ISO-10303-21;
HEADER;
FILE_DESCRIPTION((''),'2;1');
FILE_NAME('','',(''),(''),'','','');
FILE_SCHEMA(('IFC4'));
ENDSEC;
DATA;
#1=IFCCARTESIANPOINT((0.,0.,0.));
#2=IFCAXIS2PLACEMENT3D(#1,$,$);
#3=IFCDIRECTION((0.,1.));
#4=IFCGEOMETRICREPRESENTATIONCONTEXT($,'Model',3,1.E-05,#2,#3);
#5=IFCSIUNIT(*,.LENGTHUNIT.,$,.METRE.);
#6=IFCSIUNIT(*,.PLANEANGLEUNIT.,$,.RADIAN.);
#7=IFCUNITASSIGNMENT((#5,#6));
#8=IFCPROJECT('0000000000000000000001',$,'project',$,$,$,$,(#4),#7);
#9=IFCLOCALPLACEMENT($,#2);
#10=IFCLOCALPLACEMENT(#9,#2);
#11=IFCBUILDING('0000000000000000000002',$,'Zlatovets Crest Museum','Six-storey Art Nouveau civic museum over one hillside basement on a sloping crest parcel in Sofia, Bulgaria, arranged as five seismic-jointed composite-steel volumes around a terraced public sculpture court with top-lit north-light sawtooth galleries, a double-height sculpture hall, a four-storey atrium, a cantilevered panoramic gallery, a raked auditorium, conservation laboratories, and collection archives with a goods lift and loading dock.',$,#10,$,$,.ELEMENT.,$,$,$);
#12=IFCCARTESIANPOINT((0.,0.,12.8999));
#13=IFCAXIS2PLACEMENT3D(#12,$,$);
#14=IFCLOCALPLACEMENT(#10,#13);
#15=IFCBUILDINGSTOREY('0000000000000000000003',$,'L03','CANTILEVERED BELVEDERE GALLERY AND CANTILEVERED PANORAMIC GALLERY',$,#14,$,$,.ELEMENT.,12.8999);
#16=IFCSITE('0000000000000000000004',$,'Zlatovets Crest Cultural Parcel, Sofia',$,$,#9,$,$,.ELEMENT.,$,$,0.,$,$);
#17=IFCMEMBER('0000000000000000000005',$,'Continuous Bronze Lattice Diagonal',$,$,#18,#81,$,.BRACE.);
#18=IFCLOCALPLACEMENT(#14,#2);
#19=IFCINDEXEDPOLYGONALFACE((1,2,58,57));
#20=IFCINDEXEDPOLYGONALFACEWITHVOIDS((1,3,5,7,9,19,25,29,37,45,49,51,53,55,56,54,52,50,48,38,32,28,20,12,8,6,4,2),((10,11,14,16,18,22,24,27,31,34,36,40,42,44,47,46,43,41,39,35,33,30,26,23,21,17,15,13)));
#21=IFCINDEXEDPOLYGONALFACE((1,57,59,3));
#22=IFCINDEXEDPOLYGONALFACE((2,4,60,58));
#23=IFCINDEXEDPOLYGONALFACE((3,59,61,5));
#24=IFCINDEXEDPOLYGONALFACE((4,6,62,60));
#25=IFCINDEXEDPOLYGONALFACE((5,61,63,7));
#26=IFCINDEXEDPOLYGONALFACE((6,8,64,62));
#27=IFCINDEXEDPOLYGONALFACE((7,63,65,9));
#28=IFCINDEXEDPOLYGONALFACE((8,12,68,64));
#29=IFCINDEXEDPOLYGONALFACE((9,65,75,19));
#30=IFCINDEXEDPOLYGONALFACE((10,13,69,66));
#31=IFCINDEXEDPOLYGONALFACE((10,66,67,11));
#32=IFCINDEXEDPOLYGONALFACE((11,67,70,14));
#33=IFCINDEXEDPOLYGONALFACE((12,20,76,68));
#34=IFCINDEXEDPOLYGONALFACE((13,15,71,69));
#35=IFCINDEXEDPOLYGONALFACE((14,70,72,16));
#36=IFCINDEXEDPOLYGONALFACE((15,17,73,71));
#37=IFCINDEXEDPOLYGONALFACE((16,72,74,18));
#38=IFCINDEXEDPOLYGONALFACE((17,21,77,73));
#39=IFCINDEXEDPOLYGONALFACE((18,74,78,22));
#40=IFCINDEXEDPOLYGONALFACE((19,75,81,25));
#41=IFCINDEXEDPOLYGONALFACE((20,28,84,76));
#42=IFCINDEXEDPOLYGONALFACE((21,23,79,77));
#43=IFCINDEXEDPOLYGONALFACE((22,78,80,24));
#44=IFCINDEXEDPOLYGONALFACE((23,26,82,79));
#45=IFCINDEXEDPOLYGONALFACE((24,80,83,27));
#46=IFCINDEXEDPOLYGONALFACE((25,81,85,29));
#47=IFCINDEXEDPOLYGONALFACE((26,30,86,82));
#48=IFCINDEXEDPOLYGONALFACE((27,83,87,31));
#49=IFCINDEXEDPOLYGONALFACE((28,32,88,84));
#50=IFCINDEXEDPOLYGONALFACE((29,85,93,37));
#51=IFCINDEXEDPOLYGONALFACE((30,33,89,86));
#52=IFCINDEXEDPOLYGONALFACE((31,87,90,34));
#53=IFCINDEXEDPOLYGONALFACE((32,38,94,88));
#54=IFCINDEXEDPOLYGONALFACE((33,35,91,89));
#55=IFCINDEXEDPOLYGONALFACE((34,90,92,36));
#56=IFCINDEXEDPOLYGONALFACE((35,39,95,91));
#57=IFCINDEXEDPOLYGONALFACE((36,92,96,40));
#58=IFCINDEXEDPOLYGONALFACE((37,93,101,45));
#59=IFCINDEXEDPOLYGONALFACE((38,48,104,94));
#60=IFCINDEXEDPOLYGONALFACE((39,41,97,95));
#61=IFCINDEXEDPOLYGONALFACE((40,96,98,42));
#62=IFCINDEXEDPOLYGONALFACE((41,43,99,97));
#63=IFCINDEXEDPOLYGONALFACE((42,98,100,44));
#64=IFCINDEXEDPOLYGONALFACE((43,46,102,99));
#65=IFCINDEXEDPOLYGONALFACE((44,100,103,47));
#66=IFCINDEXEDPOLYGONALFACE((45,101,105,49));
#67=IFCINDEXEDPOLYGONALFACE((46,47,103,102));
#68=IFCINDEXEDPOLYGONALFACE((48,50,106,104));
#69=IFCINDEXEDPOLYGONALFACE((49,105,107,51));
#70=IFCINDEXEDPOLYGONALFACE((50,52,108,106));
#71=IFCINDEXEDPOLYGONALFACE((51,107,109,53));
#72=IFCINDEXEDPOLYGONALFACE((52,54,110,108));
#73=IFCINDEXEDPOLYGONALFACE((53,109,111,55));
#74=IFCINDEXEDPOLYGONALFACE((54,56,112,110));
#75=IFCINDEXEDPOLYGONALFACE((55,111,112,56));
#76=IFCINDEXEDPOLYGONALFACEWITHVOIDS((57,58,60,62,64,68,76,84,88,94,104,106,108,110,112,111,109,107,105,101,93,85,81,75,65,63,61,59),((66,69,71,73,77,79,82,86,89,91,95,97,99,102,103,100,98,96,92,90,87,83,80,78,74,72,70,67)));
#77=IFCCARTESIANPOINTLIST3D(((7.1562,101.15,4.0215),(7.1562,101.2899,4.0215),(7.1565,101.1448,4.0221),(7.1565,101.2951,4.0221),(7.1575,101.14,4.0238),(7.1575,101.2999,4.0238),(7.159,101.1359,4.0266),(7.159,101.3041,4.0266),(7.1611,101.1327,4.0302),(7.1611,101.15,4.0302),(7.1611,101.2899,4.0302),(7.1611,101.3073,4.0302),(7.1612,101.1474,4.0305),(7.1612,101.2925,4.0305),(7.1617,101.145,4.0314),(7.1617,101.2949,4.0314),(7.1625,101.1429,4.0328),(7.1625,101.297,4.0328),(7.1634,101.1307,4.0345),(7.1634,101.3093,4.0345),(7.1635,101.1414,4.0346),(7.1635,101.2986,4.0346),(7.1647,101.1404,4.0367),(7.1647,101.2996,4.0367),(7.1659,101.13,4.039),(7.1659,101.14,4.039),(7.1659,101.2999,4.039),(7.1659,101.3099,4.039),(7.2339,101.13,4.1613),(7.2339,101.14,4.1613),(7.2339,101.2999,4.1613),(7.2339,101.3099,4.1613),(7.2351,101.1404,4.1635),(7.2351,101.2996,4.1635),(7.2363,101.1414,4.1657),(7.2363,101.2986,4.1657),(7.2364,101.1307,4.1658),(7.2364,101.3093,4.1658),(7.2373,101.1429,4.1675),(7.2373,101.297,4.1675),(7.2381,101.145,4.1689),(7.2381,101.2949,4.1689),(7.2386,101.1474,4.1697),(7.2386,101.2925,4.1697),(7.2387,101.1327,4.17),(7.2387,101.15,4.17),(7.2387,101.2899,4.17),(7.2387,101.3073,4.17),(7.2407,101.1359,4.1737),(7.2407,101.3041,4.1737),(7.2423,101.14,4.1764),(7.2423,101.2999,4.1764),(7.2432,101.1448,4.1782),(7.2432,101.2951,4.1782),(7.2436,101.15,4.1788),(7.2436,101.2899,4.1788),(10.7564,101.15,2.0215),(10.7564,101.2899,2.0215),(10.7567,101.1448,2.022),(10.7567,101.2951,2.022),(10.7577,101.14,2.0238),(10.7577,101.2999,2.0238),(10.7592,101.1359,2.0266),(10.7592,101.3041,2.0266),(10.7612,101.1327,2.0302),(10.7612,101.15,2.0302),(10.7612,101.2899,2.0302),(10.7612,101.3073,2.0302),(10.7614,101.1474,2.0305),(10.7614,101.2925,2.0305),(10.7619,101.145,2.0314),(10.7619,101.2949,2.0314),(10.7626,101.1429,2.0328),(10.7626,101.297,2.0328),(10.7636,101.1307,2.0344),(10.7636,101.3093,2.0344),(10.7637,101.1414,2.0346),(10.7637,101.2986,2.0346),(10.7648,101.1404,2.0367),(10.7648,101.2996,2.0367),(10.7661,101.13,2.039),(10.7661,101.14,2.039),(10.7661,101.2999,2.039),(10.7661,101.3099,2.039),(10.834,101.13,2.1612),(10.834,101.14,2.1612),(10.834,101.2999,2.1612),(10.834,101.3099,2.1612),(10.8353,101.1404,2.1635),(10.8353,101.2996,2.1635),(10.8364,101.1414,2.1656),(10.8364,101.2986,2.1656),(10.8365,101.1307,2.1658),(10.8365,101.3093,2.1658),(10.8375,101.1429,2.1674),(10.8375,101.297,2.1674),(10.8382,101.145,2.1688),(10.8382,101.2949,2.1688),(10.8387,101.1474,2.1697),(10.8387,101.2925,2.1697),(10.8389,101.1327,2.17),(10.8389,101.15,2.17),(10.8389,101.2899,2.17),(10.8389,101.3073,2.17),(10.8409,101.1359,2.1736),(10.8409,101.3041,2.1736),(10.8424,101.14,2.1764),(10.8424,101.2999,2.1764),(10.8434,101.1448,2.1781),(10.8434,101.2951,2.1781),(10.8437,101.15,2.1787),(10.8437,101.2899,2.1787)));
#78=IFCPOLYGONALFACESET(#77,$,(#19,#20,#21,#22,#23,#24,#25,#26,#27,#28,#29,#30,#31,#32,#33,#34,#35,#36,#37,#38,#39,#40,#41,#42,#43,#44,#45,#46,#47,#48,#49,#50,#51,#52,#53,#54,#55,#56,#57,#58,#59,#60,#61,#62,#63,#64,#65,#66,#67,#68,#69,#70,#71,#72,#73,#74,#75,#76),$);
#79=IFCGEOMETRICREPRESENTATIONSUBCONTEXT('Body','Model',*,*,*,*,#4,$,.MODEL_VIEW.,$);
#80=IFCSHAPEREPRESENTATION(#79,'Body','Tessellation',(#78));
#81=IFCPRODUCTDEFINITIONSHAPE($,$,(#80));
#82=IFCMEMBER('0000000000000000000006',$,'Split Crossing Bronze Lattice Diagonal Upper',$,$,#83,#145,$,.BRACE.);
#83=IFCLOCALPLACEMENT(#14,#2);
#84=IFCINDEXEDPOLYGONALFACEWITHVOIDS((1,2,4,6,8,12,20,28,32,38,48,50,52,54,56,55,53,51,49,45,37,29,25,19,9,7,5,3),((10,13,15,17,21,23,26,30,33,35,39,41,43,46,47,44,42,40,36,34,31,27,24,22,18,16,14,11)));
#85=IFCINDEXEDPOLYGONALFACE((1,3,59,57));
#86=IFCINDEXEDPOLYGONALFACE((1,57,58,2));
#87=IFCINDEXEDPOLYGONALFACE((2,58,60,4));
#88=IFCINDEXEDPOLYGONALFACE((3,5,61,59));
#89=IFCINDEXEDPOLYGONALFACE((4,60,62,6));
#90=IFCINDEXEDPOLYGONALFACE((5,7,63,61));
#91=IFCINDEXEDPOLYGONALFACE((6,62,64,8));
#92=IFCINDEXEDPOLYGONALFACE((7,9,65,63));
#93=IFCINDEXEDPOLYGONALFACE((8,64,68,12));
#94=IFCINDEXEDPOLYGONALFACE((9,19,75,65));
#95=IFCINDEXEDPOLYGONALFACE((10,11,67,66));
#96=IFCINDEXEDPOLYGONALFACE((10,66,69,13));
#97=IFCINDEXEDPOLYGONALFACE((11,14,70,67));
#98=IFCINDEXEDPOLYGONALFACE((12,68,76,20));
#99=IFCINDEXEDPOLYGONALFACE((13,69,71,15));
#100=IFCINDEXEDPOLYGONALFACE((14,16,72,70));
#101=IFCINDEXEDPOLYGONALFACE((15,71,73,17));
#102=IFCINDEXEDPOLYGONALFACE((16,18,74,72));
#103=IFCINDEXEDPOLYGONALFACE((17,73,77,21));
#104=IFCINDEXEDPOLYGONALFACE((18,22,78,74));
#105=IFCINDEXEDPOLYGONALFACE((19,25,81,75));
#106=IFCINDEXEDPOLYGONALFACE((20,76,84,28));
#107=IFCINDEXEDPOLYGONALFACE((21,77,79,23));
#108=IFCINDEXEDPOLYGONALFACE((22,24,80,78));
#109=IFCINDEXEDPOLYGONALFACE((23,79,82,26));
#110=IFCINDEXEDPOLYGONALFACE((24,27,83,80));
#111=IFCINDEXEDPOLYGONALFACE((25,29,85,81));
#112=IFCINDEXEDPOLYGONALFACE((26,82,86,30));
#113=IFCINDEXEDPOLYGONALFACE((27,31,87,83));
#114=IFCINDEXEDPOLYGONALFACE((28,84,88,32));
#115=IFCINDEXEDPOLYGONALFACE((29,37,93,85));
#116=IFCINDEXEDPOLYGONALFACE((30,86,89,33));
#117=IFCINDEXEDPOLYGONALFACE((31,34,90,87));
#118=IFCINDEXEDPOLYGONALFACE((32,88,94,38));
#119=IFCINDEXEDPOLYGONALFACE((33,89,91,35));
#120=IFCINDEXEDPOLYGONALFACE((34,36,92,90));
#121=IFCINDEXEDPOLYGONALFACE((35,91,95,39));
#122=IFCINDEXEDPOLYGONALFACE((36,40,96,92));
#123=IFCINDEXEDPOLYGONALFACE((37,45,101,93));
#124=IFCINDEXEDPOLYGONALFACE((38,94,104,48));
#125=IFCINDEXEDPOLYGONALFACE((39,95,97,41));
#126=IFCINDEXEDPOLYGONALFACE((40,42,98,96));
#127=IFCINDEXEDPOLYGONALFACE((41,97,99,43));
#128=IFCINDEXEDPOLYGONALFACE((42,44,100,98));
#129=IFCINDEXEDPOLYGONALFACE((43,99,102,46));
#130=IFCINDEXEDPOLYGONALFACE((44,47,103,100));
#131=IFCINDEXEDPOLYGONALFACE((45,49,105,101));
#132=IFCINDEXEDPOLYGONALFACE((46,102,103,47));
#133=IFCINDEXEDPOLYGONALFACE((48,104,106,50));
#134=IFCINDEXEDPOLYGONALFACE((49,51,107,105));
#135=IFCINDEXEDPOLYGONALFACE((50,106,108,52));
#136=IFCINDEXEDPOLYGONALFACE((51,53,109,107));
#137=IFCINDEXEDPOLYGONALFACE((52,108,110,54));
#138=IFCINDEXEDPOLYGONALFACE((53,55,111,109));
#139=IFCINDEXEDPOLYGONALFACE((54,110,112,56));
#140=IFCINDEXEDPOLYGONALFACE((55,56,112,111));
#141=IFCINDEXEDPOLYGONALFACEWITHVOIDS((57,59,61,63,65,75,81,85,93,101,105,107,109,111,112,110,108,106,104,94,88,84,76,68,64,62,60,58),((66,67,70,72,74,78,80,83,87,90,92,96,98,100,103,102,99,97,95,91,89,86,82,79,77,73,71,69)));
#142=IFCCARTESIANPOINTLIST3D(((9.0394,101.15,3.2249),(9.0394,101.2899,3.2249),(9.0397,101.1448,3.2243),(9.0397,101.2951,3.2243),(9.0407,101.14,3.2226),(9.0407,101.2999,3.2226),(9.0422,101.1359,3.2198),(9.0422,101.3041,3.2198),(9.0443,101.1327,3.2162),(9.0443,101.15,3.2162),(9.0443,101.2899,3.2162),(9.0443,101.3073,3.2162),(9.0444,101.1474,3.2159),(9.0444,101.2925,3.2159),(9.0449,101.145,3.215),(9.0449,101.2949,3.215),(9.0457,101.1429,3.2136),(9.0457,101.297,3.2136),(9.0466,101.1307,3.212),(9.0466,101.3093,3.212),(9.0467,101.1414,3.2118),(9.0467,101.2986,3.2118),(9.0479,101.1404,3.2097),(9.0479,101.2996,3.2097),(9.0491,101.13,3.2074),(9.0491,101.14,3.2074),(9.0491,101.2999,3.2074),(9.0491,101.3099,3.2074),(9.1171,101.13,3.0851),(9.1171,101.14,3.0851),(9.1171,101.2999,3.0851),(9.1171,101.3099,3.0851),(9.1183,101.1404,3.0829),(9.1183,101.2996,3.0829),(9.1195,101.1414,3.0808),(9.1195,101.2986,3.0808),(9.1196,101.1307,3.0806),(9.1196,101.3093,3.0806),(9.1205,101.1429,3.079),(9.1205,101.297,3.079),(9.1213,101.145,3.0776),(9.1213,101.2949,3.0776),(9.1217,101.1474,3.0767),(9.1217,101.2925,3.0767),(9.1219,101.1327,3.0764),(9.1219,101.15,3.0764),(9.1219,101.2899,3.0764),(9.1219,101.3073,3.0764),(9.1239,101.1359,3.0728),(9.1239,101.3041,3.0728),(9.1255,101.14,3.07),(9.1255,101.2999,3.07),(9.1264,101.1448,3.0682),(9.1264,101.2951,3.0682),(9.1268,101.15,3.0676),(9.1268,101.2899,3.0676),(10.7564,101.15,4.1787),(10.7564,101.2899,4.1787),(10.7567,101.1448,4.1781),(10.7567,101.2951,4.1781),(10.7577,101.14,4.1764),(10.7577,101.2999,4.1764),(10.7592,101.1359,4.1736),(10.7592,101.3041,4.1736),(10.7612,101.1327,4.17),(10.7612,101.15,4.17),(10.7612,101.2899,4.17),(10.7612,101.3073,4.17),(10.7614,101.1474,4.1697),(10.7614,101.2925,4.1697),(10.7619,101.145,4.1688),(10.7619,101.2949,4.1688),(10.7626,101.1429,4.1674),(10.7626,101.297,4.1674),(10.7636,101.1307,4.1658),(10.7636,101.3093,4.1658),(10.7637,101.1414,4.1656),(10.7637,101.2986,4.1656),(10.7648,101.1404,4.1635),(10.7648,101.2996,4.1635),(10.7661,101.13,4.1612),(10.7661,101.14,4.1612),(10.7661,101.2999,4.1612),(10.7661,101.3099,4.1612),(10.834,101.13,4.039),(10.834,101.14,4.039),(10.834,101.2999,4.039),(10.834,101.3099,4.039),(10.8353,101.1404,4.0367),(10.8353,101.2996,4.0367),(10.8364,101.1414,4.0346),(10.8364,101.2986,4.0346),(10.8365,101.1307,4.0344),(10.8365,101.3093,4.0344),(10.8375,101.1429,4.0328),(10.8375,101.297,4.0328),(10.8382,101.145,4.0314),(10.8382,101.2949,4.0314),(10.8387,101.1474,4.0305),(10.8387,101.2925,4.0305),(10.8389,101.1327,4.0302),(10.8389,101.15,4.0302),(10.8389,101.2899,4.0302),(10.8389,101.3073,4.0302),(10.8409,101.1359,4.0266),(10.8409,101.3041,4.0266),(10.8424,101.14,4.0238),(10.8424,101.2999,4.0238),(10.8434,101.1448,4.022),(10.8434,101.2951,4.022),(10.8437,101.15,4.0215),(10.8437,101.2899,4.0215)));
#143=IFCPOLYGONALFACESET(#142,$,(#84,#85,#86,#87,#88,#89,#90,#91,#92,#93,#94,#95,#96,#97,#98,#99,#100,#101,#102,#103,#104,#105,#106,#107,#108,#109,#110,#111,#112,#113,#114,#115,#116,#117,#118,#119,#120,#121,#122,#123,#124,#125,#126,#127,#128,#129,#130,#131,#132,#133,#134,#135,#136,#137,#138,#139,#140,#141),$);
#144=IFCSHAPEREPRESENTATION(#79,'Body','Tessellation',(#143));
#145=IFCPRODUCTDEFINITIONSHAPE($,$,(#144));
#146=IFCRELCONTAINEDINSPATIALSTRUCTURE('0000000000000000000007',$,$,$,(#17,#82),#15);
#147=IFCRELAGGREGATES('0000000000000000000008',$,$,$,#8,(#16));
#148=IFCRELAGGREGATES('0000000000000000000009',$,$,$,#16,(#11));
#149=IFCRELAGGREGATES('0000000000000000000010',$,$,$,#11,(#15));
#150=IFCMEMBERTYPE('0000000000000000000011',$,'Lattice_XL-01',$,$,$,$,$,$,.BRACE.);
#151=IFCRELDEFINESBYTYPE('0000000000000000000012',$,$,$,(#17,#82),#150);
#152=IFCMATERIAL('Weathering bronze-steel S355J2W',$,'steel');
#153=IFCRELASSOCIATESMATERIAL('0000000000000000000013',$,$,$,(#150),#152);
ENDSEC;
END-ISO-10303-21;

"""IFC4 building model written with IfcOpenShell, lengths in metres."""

from ifc_helpers import new_model, si_unit, direction, frame, origin, origin_2d, place, context, subcontext, project, spatial, hollow_rectangle, extrude, material, material_profile, profile_set, type_object, element, save


model = new_model("IFC4")

# Units and contexts
model_context = context("Model", 3, precision=1e-05, world=origin(), true_north=direction((0.0, 1.0)))
body_context = subcontext(model_context, "Body", "Model", "MODEL_VIEW")
ifc_project = project(units=[si_unit("LENGTHUNIT", "METRE"), si_unit("PLANEANGLEUNIT", "RADIAN")], contexts=[model_context])

# Site, building, storey
site_placement = place(None, origin())
site = spatial("IfcSite", under=ifc_project, at=site_placement, Name="Zlatovets Crest Cultural Parcel, Sofia", CompositionType="ELEMENT", RefElevation=0.0)
building_placement = place(site_placement, origin())
building = spatial("IfcBuilding", under=site, at=building_placement, Name="Zlatovets Crest Museum", Description="Six-storey Art Nouveau civic museum over one hillside basement on a sloping crest parcel in Sofia, Bulgaria, arranged as five seismic-jointed composite-steel volumes around a terraced public sculpture court with top-lit north-light sawtooth galleries, a double-height sculpture hall, a four-storey atrium, a cantilevered panoramic gallery, a raked auditorium, conservation laboratories, and collection archives with a goods lift and loading dock.", CompositionType="ELEMENT")
storey_placement = place(building_placement, frame((0.0, 0.0, 12.8999)))
storey = spatial("IfcBuildingStorey", under=building, at=storey_placement, Name="L03", Description="CANTILEVERED BELVEDERE GALLERY AND CANTILEVERED PANORAMIC GALLERY", CompositionType="ELEMENT", Elevation=12.8999)

# Members
ifc_material_1 = material(Name="Weathering bronze-steel S355J2W", Category="steel")
ifc_material_profile_1 = material_profile(ifc_material_1, hollow_rectangle(XDim=0.1799, YDim=0.1799, WallThickness=0.01, InnerFilletRadius=0.01, OuterFilletRadius=0.02, at=origin_2d()), Name="SHS 180x180x10.0")
ifc_profile_set_1 = profile_set([ifc_material_profile_1], Name="Weathering bronze-steel S355J2W")
member_type = type_object("IfcMemberType", Name="Lattice_XL-01", PredefinedType="BRACE", material=ifc_profile_set_1)
member_1_placement = place(storey_placement, frame((10.8, 101.22, 2.1001), z_axis=(-0.874163, 0.0, 0.485633), x_axis=(0.0, -1.0, 0.0)))
element("IfcMember", 1, at=member_1_placement, inside=storey, type_object=member_type, Name="Continuous Bronze Lattice Diagonal", PredefinedType="BRACE", context=body_context, shape_type="SweptSolid", body=[
    extrude(hollow_rectangle(XDim=0.1799, YDim=0.1799, WallThickness=0.01, InnerFilletRadius=0.01, OuterFilletRadius=0.02, at=origin_2d()), origin(), (0.0, 0.0, 1.0), 4.1184),
])
for number, where, z_axis, x_axis, name in (
    (2, (10.8, 101.22, 4.1001), (-0.874169, 0.0, -0.485622), (0.0, -1.0, 0.0), "Split Crossing Bronze Lattice Diagonal Upper"),
):
    element("IfcMember", number, at=place(storey_placement, frame(where, z_axis=z_axis, x_axis=x_axis)), inside=storey, type_object=member_type, Name=name, PredefinedType="BRACE", context=body_context, shape_type="SweptSolid", body=[
        extrude(hollow_rectangle(XDim=0.1799, YDim=0.1799, WallThickness=0.01, InnerFilletRadius=0.01, OuterFilletRadius=0.02, at=origin_2d()), origin(), (0.0, 0.0, 1.0), 1.9641),
    ])

save(model, "model.ifc")
